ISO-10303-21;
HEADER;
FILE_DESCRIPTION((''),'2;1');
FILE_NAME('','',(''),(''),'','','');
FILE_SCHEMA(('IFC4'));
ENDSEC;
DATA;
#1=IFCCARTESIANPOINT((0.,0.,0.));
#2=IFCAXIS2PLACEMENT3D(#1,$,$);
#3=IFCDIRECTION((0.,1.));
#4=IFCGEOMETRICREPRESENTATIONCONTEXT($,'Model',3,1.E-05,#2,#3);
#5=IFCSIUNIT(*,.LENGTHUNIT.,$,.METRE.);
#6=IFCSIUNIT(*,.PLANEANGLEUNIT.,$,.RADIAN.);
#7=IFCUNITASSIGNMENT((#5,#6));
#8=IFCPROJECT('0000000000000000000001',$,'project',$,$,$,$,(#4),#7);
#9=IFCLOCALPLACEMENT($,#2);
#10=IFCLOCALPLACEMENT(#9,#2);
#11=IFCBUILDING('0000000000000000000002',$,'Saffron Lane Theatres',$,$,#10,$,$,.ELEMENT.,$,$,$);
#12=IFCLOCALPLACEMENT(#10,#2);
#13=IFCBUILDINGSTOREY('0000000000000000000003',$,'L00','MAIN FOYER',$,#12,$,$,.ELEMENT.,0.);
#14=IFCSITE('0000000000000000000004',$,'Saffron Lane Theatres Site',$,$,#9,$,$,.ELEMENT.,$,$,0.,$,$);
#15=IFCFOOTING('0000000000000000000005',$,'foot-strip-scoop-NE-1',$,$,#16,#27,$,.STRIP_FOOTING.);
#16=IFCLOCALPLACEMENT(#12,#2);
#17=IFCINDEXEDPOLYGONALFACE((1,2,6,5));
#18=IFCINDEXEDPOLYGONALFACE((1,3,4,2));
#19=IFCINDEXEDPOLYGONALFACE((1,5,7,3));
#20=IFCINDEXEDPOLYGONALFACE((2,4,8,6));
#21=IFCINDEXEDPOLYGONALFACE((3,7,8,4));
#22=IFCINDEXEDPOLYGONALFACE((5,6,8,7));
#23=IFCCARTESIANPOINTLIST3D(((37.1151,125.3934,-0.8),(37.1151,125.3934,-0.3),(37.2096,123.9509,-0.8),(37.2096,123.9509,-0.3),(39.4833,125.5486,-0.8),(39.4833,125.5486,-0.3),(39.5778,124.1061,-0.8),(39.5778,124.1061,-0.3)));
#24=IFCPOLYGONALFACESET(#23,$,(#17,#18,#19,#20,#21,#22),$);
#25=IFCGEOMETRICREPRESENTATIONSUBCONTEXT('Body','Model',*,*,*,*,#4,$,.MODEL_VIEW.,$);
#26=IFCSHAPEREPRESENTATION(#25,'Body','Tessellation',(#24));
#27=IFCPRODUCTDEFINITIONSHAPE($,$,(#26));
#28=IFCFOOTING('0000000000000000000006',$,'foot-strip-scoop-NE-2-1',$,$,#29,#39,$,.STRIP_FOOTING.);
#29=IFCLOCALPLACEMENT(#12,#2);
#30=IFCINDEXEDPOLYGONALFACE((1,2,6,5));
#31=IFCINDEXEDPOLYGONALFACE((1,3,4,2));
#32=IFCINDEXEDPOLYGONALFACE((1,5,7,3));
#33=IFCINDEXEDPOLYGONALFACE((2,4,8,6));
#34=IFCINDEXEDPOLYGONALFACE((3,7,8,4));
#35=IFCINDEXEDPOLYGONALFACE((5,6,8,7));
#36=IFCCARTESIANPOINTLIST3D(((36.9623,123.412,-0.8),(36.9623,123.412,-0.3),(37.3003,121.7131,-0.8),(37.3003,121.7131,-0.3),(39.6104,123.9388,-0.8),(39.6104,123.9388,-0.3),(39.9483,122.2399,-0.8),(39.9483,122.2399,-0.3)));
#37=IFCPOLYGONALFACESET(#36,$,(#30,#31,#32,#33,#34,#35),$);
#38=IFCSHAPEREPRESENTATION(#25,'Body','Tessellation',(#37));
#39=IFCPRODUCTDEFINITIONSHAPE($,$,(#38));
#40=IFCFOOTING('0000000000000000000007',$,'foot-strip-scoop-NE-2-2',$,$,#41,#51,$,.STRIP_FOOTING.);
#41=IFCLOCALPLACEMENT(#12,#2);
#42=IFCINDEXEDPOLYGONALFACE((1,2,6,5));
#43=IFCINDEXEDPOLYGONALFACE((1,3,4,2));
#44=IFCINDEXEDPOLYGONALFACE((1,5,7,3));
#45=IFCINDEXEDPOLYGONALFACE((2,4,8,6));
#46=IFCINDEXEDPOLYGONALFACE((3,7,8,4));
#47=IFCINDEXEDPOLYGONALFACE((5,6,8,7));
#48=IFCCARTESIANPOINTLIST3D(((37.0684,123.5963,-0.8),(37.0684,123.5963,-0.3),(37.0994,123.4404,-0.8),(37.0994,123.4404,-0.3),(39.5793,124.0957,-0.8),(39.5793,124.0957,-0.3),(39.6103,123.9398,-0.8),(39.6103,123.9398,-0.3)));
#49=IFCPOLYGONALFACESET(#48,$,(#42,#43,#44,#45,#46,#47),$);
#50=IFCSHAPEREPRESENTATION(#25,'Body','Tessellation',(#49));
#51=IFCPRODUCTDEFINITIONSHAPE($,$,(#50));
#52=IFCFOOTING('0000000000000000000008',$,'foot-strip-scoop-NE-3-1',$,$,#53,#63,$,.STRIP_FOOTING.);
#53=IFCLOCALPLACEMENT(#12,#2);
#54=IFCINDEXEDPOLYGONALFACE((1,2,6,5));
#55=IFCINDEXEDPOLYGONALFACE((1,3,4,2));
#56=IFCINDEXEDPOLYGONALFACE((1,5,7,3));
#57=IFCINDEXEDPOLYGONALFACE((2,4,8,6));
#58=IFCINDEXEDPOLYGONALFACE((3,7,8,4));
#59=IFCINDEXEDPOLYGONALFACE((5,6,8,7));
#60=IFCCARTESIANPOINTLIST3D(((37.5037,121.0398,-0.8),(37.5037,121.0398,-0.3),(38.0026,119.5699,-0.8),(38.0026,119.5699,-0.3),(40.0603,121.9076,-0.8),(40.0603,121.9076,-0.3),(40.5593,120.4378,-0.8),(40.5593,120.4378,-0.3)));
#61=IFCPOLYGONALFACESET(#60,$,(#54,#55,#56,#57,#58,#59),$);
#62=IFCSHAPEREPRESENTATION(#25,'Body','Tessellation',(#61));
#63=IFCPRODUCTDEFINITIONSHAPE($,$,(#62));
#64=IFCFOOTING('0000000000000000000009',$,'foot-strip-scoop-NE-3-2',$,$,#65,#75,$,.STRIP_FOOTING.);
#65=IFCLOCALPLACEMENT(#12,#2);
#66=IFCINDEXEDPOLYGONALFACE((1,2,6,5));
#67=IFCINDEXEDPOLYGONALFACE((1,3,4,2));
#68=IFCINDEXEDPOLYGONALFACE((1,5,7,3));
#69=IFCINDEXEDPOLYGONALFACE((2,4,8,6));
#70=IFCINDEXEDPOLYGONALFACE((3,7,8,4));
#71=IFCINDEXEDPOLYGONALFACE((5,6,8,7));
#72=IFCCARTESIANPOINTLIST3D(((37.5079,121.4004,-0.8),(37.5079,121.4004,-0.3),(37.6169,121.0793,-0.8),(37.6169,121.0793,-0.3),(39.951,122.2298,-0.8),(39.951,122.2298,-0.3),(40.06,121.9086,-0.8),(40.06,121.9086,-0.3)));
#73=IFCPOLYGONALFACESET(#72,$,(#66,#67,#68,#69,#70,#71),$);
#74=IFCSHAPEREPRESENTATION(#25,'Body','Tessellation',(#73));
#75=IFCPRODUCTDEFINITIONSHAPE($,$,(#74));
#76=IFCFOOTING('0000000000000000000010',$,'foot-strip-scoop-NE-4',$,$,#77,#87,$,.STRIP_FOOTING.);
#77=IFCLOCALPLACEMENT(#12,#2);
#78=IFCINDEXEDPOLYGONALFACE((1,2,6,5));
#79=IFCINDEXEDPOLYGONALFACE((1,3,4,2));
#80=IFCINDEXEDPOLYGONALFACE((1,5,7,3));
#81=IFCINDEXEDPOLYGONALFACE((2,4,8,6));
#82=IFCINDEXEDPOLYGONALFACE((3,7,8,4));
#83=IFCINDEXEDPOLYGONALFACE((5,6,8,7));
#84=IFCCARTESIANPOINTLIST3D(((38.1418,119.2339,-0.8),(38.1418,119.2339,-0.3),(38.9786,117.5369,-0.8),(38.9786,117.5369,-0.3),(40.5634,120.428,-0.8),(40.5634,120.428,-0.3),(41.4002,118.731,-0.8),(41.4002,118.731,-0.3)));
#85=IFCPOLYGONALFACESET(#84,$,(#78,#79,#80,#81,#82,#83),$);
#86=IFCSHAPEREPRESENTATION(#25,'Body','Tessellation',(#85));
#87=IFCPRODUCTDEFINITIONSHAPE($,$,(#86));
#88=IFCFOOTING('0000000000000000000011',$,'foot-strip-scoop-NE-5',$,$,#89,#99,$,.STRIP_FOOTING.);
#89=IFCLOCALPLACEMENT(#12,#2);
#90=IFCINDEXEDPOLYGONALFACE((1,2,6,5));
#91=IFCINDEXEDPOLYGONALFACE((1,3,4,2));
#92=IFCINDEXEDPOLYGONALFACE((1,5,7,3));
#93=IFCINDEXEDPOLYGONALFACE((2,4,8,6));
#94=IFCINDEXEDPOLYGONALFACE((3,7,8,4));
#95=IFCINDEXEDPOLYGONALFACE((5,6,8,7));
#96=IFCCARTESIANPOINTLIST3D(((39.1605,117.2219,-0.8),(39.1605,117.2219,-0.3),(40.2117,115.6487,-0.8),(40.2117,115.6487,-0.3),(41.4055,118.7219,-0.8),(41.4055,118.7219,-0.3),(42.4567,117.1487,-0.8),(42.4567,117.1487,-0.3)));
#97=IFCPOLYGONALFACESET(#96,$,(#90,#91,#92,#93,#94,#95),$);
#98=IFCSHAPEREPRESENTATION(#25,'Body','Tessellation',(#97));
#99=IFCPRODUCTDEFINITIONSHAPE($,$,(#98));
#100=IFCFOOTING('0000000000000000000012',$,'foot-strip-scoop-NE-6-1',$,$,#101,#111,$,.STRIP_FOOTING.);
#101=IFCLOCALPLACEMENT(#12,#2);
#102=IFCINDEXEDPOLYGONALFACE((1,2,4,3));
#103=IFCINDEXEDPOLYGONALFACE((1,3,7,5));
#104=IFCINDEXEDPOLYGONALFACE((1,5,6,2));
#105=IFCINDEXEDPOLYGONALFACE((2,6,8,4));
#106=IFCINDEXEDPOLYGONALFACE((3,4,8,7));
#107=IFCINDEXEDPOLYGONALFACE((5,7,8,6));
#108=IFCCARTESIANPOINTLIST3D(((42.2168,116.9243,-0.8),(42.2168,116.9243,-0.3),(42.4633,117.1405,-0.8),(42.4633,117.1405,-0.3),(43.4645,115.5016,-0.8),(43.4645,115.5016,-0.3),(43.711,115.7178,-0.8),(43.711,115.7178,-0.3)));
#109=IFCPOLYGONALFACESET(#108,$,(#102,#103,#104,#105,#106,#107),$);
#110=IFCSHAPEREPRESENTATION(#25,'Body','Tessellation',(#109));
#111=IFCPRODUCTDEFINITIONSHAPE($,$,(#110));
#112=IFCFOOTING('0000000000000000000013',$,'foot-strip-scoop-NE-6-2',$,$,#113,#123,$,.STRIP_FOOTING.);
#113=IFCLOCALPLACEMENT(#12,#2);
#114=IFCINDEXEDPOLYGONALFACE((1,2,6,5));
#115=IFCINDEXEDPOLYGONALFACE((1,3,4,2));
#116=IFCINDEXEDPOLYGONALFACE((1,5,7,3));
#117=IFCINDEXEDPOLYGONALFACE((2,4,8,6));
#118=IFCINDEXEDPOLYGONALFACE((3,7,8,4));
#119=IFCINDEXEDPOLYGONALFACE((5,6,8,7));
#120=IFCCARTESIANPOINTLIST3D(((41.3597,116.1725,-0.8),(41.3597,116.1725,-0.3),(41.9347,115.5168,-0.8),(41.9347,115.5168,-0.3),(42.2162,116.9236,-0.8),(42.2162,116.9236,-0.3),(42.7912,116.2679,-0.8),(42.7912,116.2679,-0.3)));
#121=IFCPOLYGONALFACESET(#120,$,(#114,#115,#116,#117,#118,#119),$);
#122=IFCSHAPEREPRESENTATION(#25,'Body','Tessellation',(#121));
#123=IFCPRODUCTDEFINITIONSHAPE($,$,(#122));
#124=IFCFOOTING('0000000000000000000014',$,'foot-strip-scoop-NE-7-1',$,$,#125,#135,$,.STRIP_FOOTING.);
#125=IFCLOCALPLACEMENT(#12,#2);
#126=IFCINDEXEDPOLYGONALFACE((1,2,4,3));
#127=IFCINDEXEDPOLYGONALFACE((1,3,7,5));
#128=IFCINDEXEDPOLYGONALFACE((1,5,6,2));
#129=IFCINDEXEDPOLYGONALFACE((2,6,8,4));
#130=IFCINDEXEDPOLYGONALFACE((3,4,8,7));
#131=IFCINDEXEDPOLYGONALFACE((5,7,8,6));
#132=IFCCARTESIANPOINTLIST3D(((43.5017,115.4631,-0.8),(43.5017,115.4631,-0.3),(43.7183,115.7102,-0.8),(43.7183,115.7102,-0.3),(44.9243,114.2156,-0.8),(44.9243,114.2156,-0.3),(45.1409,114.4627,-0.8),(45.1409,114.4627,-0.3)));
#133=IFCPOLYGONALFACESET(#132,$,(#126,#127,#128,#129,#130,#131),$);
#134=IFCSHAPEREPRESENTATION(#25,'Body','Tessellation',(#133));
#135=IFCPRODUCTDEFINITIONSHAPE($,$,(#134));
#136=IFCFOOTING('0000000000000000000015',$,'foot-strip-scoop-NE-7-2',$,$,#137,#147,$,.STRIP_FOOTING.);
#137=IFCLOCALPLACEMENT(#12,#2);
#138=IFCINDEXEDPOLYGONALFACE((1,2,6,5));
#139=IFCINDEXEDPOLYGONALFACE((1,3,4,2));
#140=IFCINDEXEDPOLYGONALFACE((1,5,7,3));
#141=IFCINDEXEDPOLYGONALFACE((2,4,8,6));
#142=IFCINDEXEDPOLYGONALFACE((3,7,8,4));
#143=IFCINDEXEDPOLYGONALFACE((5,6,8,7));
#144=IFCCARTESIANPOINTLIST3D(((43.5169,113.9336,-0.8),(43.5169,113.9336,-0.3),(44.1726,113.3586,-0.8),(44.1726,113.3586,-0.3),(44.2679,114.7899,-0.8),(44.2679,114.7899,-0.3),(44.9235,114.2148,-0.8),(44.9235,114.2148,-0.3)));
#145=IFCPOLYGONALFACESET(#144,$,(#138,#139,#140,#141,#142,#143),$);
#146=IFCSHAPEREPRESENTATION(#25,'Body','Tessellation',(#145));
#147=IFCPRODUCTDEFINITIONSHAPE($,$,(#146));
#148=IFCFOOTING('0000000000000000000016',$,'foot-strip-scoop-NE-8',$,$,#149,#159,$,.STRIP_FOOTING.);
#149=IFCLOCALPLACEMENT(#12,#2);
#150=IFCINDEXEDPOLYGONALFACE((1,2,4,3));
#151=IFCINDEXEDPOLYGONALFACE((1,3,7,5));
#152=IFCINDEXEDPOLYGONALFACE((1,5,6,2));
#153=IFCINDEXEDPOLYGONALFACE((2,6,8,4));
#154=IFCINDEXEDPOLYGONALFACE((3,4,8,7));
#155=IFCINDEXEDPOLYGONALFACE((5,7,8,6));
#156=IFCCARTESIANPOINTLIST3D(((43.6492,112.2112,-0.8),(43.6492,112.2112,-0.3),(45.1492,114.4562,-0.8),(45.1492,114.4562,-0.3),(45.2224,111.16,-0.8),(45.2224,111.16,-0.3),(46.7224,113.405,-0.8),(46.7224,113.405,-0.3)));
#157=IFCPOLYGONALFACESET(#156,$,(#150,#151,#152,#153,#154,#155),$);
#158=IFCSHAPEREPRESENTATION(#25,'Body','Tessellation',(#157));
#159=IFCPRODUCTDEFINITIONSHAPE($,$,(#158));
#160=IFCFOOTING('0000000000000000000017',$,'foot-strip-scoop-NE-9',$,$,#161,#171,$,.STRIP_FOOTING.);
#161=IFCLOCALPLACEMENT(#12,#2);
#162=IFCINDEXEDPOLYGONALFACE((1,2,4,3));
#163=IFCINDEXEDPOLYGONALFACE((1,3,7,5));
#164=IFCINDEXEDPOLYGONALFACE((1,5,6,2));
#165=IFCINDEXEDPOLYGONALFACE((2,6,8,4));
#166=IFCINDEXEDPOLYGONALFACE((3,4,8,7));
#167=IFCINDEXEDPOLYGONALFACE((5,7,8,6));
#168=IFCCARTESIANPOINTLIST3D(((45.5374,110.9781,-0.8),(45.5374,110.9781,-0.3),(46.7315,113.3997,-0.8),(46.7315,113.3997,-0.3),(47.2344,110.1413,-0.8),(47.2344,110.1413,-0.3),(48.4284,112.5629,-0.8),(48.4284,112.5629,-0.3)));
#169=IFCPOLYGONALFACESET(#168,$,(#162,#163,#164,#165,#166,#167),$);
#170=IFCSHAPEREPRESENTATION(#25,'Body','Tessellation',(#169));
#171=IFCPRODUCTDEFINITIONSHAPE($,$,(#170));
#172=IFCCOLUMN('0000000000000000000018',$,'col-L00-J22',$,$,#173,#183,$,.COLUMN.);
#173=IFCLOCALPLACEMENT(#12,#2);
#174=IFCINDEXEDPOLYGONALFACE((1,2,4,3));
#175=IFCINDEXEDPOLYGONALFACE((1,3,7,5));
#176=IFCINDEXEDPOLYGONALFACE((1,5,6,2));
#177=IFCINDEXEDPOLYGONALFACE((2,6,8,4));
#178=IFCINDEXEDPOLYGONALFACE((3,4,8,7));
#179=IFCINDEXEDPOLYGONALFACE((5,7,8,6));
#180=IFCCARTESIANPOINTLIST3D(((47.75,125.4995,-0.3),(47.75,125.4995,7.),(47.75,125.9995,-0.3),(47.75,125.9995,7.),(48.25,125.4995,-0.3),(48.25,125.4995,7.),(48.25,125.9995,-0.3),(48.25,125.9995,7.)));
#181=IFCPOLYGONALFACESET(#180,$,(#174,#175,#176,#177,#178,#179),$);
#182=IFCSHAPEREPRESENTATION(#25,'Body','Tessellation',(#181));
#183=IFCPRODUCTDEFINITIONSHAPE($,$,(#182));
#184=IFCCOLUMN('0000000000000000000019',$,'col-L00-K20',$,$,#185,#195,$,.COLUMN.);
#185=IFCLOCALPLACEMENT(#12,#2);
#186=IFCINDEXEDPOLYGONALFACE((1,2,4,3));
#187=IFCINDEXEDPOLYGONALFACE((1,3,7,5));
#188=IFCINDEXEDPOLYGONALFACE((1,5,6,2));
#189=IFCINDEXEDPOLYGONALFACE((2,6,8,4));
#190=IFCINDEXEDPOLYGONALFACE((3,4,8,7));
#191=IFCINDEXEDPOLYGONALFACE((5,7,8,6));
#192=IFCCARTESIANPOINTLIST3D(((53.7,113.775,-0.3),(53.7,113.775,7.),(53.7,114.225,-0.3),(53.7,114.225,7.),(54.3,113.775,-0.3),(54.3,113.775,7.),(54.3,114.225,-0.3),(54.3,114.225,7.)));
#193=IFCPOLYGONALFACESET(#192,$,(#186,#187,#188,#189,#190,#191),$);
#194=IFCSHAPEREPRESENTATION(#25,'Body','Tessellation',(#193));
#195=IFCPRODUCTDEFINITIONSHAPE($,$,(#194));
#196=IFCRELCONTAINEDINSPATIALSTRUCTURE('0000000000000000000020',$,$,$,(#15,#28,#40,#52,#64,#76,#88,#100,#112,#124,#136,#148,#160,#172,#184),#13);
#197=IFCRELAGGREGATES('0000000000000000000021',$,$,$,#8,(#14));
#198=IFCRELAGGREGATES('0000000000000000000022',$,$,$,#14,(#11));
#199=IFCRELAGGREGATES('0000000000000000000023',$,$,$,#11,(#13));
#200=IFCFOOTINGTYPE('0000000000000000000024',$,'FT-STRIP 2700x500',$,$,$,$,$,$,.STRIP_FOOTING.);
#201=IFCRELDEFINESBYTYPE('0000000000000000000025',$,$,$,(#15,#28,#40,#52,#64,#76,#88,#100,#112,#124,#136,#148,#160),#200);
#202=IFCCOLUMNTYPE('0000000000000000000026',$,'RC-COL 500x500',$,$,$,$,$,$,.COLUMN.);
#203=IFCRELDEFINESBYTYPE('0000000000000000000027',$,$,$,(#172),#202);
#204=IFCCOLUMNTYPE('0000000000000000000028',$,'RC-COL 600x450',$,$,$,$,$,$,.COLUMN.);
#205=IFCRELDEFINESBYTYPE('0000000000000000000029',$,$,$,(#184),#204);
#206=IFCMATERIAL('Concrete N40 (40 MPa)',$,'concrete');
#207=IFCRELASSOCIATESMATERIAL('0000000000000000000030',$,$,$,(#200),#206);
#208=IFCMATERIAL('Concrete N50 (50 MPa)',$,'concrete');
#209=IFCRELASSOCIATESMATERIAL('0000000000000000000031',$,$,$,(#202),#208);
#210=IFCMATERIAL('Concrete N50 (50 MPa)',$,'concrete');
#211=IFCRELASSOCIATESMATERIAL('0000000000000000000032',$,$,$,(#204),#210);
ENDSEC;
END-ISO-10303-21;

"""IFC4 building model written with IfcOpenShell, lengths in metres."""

from ifc_helpers import new_model, si_unit, direction, frame, origin, origin_2d, place, context, subcontext, project, spatial, rectangle, extrude, material, material_profile, profile_set, type_object, element, save


model = new_model("IFC4")

# Units and contexts
model_context = context("Model", 3, precision=1e-05, world=origin(), true_north=direction((0.0, 1.0)))
body_context = subcontext(model_context, "Body", "Model", "MODEL_VIEW")
ifc_project = project(units=[si_unit("LENGTHUNIT", "METRE"), si_unit("PLANEANGLEUNIT", "RADIAN")], contexts=[model_context])

# Site, building, storey
site_placement = place(None, origin())
site = spatial("IfcSite", under=ifc_project, at=site_placement, Name="Saffron Lane Theatres Site", CompositionType="ELEMENT", RefElevation=0.0)
building_placement = place(site_placement, origin())
building = spatial("IfcBuilding", under=site, at=building_placement, Name="Saffron Lane Theatres", CompositionType="ELEMENT")
storey_placement = place(building_placement, origin())
storey = spatial("IfcBuildingStorey", under=building, at=storey_placement, Name="L00", Description="MAIN FOYER", CompositionType="ELEMENT", Elevation=0.0)

# Footings
ifc_material_1 = material(Name="Concrete N40 (40 MPa)", Category="concrete")
footing_type = type_object("IfcFootingType", Name="FT-STRIP 2700x500", PredefinedType="STRIP_FOOTING", material=ifc_material_1)
footing_1_placement = place(storey_placement, frame((38.3464, 124.7498, -0.8), z_axis=(0.0, 0.0, 1.0), x_axis=(0.997859, 0.065395, 0.0)))
element("IfcFooting", 1, at=footing_1_placement, inside=storey, type_object=footing_type, Name="foot-strip-scoop-NE-1", PredefinedType="STRIP_FOOTING", context=body_context, shape_type="SweptSolid", body=[
    extrude(rectangle(XDim=2.3733, YDim=1.4456, at=origin_2d()), origin(), (0.0, 0.0, 1.0), 0.5),
])
footing_2_placement = place(storey_placement, frame((38.4553, 122.8259, -0.8), z_axis=(0.0, 0.0, 1.0), x_axis=(0.980781, 0.195112, 0.0)))
element("IfcFooting", 2, at=footing_2_placement, inside=storey, type_object=footing_type, Name="foot-strip-scoop-NE-2-1", PredefinedType="STRIP_FOOTING", context=body_context, shape_type="SweptSolid", body=[
    extrude(rectangle(XDim=2.7, YDim=1.7322, at=origin_2d()), origin(), (0.0, 0.0, 1.0), 0.5),
])
footing_3_placement = place(storey_placement, frame((38.3394, 123.7681, -0.8), z_axis=(0.0, 0.0, 1.0), x_axis=(0.980789, 0.195072, 0.0)))
element("IfcFooting", 3, at=footing_3_placement, inside=storey, type_object=footing_type, Name="foot-strip-scoop-NE-2-2", PredefinedType="STRIP_FOOTING", context=body_context, shape_type="SweptSolid", body=[
    extrude(rectangle(XDim=2.5601, YDim=0.1589, at=origin_2d()), origin(), (0.0, 0.0, 1.0), 0.5),
])
footing_4_placement = place(storey_placement, frame((39.0315, 120.7388, -0.8), z_axis=(0.0, 0.0, 1.0), x_axis=(0.946928, 0.321445, 0.0)))
element("IfcFooting", 4, at=footing_4_placement, inside=storey, type_object=footing_type, Name="foot-strip-scoop-NE-3-1", PredefinedType="STRIP_FOOTING", context=body_context, shape_type="SweptSolid", body=[
    extrude(rectangle(XDim=2.7, YDim=1.5522, at=origin_2d()), origin(), (0.0, 0.0, 1.0), 0.5),
])
footing_5_placement = place(storey_placement, frame((38.7839, 121.6545, -0.8), z_axis=(0.0, 0.0, 1.0), x_axis=(0.946933, 0.321432, 0.0)))
element("IfcFooting", 5, at=footing_5_placement, inside=storey, type_object=footing_type, Name="foot-strip-scoop-NE-3-2", PredefinedType="STRIP_FOOTING", context=body_context, shape_type="SweptSolid", body=[
    extrude(rectangle(XDim=2.5801, YDim=0.3391, at=origin_2d()), origin(), (0.0, 0.0, 1.0), 0.5),
])
for number, where, z_axis, x_axis, name in (
    (6, (39.771, 118.9824, -0.8), (0.0, 0.0, 1.0), (0.896887, 0.44226, 0.0), "foot-strip-scoop-NE-4"),
    (7, (40.8086, 117.1853, -0.8), (0.0, 0.0, 1.0), (0.831469, 0.555572, 0.0), "foot-strip-scoop-NE-5"),
):
    element("IfcFooting", number, at=place(storey_placement, frame(where, z_axis=z_axis, x_axis=x_axis)), inside=storey, type_object=footing_type, Name=name, PredefinedType="STRIP_FOOTING", context=body_context, shape_type="SweptSolid", body=[
        extrude(rectangle(XDim=2.7, YDim=1.8921, at=origin_2d()), origin(), (0.0, 0.0, 1.0), 0.5),
    ])
footing_6_placement = place(storey_placement, frame((42.9639, 116.321, -0.8), z_axis=(0.0, 0.0, 1.0), x_axis=(-0.65935, 0.751836, 0.0)))
element("IfcFooting", 8, at=footing_6_placement, inside=storey, type_object=footing_type, Name="foot-strip-scoop-NE-6-1", PredefinedType="STRIP_FOOTING", context=body_context, shape_type="SweptSolid", body=[
    extrude(rectangle(XDim=1.8923, YDim=0.3279, at=origin_2d()), origin(), (0.0, 0.0, 1.0), 0.5),
])
footing_7_placement = place(storey_placement, frame((42.0754, 116.2202, -0.8), z_axis=(0.0, 0.0, 1.0), x_axis=(0.751858, 0.659325, 0.0)))
element("IfcFooting", 9, at=footing_7_placement, inside=storey, type_object=footing_type, Name="foot-strip-scoop-NE-6-2", PredefinedType="STRIP_FOOTING", context=body_context, shape_type="SweptSolid", body=[
    extrude(rectangle(XDim=1.1392, YDim=0.8721, at=origin_2d()), origin(), (0.0, 0.0, 1.0), 0.5),
])
footing_8_placement = place(storey_placement, frame((44.3213, 114.9629, -0.8), z_axis=(0.0, 0.0, 1.0), x_axis=(-0.75186, 0.659323, 0.0)))
element("IfcFooting", 10, at=footing_8_placement, inside=storey, type_object=footing_type, Name="foot-strip-scoop-NE-7-1", PredefinedType="STRIP_FOOTING", context=body_context, shape_type="SweptSolid", body=[
    extrude(rectangle(XDim=1.8921, YDim=0.3286, at=origin_2d()), origin(), (0.0, 0.0, 1.0), 0.5),
])
footing_9_placement = place(storey_placement, frame((44.2202, 114.0742, -0.8), z_axis=(0.0, 0.0, 1.0), x_axis=(0.659368, 0.75182, 0.0)))
element("IfcFooting", 11, at=footing_9_placement, inside=storey, type_object=footing_type, Name="foot-strip-scoop-NE-7-2", PredefinedType="STRIP_FOOTING", context=body_context, shape_type="SweptSolid", body=[
    extrude(rectangle(XDim=1.1389, YDim=0.8721, at=origin_2d()), origin(), (0.0, 0.0, 1.0), 0.5),
])
for number, where, z_axis, x_axis, name in (
    (12, (45.1858, 112.8081, -0.8), (0.0, 0.0, 1.0), (0.555572, 0.831469, 0.0), "foot-strip-scoop-NE-8"),
    (13, (46.9829, 111.7705, -0.8), (0.0, 0.0, 1.0), (0.44226, 0.896887, 0.0), "foot-strip-scoop-NE-9"),
):
    element("IfcFooting", number, at=place(storey_placement, frame(where, z_axis=z_axis, x_axis=x_axis)), inside=storey, type_object=footing_type, Name=name, PredefinedType="STRIP_FOOTING", context=body_context, shape_type="SweptSolid", body=[
        extrude(rectangle(XDim=2.7, YDim=1.8921, at=origin_2d()), origin(), (0.0, 0.0, 1.0), 0.5),
    ])

# Columns
ifc_material_2 = material(Name="Concrete N50 (50 MPa)", Category="concrete")
ifc_material_profile_1 = material_profile(ifc_material_2, rectangle(XDim=0.5, YDim=0.5, at=origin_2d()))
ifc_profile_set_1 = profile_set([ifc_material_profile_1], Name="Concrete N50 (50 MPa)")
column_type_1 = type_object("IfcColumnType", Name="RC-COL 500x500", PredefinedType="COLUMN", material=ifc_profile_set_1)
column_placement = place(storey_placement, frame((48.0, 125.7495, -0.3), z_axis=(0.0, 0.0, 1.0), x_axis=(1.0, 0.0, 0.0)))
element("IfcColumn", 14, at=column_placement, inside=storey, type_object=column_type_1, Name="col-L00-J22", PredefinedType="COLUMN", context=body_context, shape_type="SweptSolid", body=[
    extrude(rectangle(XDim=0.5, YDim=0.5, at=origin_2d()), origin(), (0.0, 0.0, 1.0), 7.3),
])
ifc_material_3 = material(Name="Concrete N50 (50 MPa)", Category="concrete")
ifc_material_profile_2 = material_profile(ifc_material_3, rectangle(XDim=0.6001, YDim=0.45, at=origin_2d()))
ifc_profile_set_2 = profile_set([ifc_material_profile_2], Name="Concrete N50 (50 MPa)")
column_type_2 = type_object("IfcColumnType", Name="RC-COL 600x450", PredefinedType="COLUMN", material=ifc_profile_set_2)
for number, where, z_axis, x_axis, name in (
    (15, (54.0, 114.0, -0.3), (0.0, 0.0, 1.0), (1.0, 0.0, 0.0), "col-L00-K20"),
):
    element("IfcColumn", number, at=place(storey_placement, frame(where, z_axis=z_axis, x_axis=x_axis)), inside=storey, type_object=column_type_2, Name=name, PredefinedType="COLUMN", context=body_context, shape_type="SweptSolid", body=[
        extrude(rectangle(XDim=0.6001, YDim=0.45, at=origin_2d()), origin(), (0.0, 0.0, 1.0), 7.3),
    ])

save(model, "model.ifc")
